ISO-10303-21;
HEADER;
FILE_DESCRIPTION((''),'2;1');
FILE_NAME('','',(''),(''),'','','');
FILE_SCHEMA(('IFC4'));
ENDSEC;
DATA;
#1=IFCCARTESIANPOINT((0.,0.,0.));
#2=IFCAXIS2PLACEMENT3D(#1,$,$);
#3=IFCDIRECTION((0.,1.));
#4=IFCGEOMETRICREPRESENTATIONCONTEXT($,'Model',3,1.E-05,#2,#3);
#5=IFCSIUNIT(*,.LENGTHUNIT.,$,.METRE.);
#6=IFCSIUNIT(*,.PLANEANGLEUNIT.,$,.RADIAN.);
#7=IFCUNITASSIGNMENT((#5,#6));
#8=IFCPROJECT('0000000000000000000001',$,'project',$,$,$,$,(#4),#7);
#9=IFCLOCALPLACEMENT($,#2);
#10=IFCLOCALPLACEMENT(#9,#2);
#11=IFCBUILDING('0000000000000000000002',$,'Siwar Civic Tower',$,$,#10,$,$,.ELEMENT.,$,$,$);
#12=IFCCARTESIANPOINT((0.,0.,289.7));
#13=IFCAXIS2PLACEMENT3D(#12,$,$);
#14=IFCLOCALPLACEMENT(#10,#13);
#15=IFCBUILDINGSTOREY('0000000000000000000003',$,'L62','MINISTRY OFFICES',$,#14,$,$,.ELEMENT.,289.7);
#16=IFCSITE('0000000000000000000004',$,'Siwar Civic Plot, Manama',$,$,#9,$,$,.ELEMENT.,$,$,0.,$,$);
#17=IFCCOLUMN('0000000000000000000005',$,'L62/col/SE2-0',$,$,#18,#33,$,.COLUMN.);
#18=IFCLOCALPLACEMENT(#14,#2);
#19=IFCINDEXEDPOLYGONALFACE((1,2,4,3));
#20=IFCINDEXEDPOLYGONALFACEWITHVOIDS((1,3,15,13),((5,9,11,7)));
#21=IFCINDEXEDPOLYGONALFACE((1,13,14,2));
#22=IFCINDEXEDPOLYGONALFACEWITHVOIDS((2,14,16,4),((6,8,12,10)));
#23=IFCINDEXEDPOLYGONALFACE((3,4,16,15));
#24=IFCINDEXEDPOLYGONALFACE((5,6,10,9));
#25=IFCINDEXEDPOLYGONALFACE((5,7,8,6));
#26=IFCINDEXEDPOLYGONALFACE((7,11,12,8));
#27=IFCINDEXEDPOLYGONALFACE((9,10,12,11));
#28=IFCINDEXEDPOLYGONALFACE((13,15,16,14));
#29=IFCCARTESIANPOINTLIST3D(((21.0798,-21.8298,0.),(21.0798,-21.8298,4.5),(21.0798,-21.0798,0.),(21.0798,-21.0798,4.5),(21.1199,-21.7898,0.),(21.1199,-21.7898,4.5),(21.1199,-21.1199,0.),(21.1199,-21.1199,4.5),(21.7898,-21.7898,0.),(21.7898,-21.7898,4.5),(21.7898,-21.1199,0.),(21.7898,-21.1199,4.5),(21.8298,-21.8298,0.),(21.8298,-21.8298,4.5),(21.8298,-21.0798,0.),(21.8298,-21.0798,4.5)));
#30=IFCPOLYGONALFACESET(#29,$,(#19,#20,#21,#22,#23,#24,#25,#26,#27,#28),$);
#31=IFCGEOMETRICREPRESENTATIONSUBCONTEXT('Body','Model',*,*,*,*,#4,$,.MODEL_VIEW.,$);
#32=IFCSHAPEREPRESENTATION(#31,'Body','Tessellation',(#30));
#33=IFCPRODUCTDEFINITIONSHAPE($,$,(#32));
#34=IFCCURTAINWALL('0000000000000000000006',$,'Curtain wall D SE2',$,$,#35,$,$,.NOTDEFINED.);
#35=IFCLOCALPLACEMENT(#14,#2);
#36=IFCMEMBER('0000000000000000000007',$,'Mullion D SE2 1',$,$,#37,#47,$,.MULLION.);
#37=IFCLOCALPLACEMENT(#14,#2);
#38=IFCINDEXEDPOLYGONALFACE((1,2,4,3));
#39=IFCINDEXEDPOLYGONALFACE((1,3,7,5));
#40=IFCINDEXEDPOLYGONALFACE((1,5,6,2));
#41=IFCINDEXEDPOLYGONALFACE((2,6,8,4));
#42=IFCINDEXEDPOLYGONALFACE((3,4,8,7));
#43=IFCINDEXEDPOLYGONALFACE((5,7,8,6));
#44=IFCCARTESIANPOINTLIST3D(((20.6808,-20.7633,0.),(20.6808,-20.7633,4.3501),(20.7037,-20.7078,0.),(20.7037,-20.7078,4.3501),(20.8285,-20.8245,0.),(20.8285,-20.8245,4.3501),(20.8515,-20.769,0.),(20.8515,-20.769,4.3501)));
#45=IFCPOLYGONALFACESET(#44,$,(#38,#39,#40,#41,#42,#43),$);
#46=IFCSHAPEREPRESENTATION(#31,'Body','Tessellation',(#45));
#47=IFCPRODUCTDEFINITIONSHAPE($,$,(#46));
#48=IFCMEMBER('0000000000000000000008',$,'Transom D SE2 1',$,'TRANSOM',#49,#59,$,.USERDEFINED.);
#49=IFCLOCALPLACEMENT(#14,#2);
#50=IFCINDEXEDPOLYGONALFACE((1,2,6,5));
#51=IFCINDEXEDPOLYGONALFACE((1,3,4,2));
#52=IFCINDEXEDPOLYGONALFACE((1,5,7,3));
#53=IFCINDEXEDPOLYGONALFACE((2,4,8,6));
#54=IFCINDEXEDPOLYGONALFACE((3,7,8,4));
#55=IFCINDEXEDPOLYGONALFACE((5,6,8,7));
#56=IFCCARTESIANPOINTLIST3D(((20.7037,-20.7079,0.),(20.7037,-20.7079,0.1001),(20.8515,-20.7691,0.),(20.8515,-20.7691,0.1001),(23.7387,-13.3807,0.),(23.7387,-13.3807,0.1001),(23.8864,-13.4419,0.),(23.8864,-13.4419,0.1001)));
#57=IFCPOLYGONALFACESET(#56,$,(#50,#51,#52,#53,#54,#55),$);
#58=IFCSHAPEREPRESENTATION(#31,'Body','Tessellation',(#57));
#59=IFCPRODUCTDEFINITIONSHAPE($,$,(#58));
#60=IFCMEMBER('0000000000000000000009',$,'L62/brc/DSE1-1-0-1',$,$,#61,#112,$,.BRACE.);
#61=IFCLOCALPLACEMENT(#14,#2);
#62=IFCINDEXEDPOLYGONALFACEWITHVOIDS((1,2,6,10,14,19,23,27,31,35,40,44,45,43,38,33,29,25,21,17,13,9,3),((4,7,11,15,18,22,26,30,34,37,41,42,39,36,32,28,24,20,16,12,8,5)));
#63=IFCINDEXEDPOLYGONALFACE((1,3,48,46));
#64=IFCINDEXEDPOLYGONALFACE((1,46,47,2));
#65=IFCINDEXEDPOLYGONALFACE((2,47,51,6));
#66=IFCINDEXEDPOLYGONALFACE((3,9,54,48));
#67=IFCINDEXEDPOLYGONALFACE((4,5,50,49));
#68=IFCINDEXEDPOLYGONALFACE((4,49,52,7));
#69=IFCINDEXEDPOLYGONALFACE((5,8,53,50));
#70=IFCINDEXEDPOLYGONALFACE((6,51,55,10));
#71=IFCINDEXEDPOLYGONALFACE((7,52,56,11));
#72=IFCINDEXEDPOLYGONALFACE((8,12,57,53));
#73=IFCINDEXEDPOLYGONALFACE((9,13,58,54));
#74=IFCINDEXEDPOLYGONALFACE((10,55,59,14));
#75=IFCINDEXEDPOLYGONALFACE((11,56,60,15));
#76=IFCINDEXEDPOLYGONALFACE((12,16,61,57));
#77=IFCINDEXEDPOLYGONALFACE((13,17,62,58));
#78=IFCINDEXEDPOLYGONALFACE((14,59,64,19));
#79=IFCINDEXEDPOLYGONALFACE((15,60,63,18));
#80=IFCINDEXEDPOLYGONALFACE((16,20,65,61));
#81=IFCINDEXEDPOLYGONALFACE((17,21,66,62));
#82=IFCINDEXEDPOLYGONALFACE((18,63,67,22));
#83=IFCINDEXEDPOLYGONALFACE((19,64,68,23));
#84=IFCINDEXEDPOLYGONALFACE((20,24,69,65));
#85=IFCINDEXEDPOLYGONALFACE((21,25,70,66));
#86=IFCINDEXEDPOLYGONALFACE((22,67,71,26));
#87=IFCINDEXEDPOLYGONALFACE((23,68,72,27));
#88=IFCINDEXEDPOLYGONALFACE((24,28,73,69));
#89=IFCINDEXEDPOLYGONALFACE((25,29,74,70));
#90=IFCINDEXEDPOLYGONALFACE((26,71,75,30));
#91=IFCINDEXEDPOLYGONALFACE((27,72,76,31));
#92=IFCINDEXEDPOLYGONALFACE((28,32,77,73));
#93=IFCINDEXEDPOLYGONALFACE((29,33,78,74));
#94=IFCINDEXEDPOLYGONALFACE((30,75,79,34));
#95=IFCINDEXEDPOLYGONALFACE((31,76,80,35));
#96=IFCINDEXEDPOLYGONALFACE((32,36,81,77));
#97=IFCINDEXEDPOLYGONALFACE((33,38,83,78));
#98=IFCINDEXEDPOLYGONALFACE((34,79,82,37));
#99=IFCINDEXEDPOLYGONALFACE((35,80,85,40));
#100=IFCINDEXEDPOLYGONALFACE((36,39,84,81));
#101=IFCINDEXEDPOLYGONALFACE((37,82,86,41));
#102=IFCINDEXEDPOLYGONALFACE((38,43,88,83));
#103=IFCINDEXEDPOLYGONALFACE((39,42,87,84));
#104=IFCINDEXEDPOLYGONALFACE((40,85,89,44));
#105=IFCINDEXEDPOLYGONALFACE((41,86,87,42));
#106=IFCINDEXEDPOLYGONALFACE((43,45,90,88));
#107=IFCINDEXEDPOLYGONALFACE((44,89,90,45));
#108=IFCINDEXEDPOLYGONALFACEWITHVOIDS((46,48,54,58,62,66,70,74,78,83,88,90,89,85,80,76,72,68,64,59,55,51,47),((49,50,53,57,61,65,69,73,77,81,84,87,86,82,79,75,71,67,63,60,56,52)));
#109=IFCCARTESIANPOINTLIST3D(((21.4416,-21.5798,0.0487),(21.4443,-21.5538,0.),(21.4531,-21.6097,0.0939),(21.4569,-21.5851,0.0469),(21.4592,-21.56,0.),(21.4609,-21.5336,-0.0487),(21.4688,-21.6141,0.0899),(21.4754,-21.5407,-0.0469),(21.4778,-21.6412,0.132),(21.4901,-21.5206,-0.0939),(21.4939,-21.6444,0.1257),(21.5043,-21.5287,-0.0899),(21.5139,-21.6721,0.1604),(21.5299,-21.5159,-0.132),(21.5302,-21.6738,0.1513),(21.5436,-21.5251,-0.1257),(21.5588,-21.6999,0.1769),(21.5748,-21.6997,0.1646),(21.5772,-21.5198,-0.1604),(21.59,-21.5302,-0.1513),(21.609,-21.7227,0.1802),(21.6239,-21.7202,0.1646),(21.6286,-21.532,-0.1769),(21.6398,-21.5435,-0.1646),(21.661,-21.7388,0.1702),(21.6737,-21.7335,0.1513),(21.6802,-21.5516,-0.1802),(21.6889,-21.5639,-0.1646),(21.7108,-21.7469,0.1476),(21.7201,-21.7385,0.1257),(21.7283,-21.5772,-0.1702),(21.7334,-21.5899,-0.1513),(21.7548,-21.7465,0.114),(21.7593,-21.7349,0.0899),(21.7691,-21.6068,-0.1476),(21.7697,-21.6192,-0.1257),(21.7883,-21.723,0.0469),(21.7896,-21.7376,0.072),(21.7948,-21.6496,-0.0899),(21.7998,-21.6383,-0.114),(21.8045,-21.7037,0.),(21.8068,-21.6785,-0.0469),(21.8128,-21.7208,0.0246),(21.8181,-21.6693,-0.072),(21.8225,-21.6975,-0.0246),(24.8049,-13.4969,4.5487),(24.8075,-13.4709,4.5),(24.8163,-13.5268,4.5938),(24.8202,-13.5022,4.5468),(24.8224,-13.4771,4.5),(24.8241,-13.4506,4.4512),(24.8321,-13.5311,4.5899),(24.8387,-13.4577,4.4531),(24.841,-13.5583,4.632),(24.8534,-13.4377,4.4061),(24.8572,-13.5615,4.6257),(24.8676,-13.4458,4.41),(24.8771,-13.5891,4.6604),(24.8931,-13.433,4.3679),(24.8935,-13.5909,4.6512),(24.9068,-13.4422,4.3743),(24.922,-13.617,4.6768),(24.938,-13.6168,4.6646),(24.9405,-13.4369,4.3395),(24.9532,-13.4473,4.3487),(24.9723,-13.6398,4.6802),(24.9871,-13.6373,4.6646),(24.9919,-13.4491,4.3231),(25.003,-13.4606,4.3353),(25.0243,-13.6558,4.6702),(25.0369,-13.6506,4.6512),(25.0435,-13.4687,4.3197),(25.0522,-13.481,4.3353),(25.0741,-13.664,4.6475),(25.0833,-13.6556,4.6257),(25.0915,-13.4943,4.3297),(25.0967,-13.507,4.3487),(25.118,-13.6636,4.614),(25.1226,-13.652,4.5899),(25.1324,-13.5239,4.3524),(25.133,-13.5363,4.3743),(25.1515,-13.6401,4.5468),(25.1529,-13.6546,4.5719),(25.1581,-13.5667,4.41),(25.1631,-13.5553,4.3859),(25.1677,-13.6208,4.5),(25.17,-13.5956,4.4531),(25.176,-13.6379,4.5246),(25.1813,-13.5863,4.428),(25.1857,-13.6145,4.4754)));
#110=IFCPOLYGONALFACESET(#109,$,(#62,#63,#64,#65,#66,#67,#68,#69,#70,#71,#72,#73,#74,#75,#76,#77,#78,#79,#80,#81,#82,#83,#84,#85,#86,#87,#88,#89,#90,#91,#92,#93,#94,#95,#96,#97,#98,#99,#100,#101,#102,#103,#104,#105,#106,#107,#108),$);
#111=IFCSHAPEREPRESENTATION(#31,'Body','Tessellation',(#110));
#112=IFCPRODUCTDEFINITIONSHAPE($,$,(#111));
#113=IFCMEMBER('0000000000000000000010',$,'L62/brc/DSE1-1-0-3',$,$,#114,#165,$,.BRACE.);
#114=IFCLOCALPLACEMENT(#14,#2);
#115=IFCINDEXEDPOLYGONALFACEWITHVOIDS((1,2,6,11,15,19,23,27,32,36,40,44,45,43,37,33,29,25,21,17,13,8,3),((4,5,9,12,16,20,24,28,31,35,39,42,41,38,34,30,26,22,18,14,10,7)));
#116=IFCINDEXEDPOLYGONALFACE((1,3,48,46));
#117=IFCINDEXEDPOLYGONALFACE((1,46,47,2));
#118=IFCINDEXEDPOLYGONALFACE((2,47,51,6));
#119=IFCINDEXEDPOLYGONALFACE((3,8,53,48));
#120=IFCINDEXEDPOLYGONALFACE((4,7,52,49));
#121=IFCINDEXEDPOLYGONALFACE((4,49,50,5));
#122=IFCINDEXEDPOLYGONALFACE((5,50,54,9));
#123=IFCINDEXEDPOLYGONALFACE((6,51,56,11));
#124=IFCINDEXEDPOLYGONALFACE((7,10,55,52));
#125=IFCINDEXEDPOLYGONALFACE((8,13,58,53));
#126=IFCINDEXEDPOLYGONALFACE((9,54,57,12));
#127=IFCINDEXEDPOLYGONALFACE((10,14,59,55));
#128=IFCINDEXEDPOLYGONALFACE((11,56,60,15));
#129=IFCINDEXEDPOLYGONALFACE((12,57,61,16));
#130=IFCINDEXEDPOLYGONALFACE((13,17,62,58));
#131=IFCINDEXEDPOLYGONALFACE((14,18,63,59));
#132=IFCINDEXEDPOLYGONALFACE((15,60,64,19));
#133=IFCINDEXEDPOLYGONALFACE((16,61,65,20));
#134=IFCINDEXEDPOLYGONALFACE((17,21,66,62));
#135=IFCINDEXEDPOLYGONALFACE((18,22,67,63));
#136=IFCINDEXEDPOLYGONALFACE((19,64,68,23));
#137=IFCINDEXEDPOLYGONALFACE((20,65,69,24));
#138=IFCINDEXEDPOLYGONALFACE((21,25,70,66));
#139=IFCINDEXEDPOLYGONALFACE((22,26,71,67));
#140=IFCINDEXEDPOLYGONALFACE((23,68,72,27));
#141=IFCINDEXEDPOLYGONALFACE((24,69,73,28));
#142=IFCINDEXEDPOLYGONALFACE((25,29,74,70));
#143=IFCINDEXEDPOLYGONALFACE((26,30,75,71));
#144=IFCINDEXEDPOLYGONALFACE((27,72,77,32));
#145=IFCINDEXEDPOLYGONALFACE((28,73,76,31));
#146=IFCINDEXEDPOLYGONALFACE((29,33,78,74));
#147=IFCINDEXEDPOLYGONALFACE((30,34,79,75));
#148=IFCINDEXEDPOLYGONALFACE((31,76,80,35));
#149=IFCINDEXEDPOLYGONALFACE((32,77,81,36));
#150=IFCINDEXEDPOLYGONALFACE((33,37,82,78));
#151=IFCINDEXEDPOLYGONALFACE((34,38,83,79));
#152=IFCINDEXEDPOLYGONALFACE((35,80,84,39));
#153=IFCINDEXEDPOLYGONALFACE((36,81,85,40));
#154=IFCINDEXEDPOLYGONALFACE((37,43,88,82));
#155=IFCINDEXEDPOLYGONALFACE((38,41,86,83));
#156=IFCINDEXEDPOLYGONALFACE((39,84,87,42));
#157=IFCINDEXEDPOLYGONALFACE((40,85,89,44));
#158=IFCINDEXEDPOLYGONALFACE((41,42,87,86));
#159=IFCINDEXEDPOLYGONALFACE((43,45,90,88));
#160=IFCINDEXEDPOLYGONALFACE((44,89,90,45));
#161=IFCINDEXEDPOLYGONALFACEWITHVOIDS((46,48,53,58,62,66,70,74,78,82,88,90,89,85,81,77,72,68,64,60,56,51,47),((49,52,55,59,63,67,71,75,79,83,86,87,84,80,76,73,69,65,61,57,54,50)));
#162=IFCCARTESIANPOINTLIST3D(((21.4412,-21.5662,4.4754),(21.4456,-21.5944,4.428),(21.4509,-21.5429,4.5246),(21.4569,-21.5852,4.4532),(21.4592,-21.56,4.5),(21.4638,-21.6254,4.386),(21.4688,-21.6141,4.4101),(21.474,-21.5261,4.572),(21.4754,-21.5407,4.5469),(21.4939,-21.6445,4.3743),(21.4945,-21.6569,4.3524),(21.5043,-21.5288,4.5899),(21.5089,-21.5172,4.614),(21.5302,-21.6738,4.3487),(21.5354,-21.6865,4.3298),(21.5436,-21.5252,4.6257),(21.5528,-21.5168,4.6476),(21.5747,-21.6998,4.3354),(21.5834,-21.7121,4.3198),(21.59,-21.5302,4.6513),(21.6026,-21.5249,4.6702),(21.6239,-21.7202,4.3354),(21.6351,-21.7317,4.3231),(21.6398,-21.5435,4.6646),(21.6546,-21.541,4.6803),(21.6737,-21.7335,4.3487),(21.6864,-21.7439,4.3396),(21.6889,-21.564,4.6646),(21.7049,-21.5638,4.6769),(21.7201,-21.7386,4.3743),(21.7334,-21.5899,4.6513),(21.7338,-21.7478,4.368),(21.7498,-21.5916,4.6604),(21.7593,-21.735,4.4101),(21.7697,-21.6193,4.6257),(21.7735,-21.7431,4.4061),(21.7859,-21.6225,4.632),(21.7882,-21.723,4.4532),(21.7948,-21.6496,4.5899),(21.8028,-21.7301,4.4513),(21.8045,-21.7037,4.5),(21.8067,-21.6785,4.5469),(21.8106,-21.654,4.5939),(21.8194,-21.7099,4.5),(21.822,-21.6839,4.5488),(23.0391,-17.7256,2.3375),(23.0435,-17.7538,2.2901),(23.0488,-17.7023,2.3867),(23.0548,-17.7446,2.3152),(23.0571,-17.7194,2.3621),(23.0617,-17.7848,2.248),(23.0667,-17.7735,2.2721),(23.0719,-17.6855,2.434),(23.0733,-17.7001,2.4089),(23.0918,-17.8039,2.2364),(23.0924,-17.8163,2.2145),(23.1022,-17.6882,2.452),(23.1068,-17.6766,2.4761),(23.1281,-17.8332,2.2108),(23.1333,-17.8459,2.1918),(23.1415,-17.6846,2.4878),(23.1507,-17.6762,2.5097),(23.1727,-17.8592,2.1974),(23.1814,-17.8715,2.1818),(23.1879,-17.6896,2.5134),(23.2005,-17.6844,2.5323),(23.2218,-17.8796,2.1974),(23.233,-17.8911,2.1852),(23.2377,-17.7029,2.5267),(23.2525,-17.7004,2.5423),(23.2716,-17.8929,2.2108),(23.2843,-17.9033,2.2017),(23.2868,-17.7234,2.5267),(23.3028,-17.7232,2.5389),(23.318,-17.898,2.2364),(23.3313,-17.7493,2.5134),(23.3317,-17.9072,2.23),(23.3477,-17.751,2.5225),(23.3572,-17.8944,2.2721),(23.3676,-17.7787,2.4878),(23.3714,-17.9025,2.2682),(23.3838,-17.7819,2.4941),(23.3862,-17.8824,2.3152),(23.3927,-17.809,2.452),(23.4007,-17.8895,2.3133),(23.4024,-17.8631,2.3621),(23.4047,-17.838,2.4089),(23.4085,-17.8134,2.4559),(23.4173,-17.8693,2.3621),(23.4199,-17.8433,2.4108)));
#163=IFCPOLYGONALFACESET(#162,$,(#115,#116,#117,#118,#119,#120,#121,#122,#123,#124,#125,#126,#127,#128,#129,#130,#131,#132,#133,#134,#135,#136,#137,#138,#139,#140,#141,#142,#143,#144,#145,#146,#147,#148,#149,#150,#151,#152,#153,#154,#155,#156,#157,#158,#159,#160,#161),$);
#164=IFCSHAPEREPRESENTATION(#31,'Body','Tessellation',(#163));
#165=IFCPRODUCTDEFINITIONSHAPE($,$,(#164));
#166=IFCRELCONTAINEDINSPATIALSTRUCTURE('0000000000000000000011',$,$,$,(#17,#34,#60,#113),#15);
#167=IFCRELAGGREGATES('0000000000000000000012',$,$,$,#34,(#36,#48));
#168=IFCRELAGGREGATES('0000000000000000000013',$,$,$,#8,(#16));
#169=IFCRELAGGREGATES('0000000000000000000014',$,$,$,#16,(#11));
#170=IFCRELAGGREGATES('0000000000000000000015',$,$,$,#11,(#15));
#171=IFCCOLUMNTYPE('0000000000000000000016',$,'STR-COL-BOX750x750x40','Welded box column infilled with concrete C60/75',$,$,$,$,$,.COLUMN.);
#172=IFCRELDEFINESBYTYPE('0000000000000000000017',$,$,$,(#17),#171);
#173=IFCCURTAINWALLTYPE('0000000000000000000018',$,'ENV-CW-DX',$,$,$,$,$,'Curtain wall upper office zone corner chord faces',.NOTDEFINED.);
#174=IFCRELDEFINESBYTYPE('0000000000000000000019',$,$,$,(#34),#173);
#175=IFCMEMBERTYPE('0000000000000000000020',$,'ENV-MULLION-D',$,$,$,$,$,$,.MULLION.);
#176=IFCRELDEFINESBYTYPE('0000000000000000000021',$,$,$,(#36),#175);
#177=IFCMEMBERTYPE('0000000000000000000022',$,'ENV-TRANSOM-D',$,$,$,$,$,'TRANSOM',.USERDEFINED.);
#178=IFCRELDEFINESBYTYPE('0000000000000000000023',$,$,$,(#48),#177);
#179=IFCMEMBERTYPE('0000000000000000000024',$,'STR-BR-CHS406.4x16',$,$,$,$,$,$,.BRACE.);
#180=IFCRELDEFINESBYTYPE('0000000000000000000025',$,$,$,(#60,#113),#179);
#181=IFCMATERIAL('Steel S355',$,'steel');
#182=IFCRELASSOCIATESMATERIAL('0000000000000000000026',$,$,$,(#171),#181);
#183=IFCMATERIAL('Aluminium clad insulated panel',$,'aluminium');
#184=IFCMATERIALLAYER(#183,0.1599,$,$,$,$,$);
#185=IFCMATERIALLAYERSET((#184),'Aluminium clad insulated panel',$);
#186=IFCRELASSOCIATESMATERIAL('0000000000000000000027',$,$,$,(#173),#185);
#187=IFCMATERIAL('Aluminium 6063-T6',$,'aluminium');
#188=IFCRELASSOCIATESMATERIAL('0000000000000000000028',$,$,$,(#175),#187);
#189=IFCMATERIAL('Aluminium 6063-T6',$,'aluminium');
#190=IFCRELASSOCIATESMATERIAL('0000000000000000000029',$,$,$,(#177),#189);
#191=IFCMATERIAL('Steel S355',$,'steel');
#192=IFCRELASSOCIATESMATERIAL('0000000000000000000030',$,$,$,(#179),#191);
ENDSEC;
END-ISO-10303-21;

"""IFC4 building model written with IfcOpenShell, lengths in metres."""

from ifc_helpers import new_model, si_unit, direction, frame, origin, origin_2d, place, context, subcontext, project, spatial, rectangle, hollow_rectangle, hollow_circle, extrude, material, layer, layer_set, material_profile, profile_set, type_object, element, aggregate, save


model = new_model("IFC4")

# Units and contexts
model_context = context("Model", 3, precision=1e-05, world=origin(), true_north=direction((0.0, 1.0)))
body_context = subcontext(model_context, "Body", "Model", "MODEL_VIEW")
ifc_project = project(units=[si_unit("LENGTHUNIT", "METRE"), si_unit("PLANEANGLEUNIT", "RADIAN")], contexts=[model_context])

# Site, building, storey
site_placement = place(None, origin())
site = spatial("IfcSite", under=ifc_project, at=site_placement, Name="Siwar Civic Plot, Manama", CompositionType="ELEMENT", RefElevation=0.0)
building_placement = place(site_placement, origin())
building = spatial("IfcBuilding", under=site, at=building_placement, Name="Siwar Civic Tower", CompositionType="ELEMENT")
storey_placement = place(building_placement, frame((0.0, 0.0, 289.7)))
storey = spatial("IfcBuildingStorey", under=building, at=storey_placement, Name="L62", Description="MINISTRY OFFICES", CompositionType="ELEMENT", Elevation=289.7)

# Column
ifc_material_1 = material(Name="Steel S355", Category="steel")
ifc_material_profile_1 = material_profile(ifc_material_1, hollow_rectangle(XDim=0.75, YDim=0.75, WallThickness=0.04, at=origin_2d()), Name="BOX750x750x40")
ifc_profile_set_1 = profile_set([ifc_material_profile_1], Name="Steel S355")
column_type = type_object("IfcColumnType", Name="STR-COL-BOX750x750x40", Description="Welded box column infilled with concrete C60/75", PredefinedType="COLUMN", material=ifc_profile_set_1)
column_placement = place(storey_placement, frame((21.4548, -21.4548, 0.0), z_axis=(0.0, 0.0, 1.0), x_axis=(1.0, 0.0, 0.0)))
element("IfcColumn", 1, at=column_placement, inside=storey, type_object=column_type, Name="L62/col/SE2-0", PredefinedType="COLUMN", context=body_context, shape_type="SweptSolid", body=[
    extrude(hollow_rectangle(XDim=0.75, YDim=0.75, WallThickness=0.04, at=origin_2d()), origin(), (0.0, 0.0, 1.0), 4.5),
])

# Curtain wall, members
ifc_material_2 = material(Name="Aluminium clad insulated panel", Category="aluminium")
ifc_layer_1 = layer(ifc_material_2, 0.1599)
ifc_layer_set_1 = layer_set([ifc_layer_1], Name="Aluminium clad insulated panel")
curtain_wall_type = type_object("IfcCurtainWallType", Name="ENV-CW-DX", ElementType="Curtain wall upper office zone corner chord faces", PredefinedType="NOTDEFINED", material=ifc_layer_set_1)
curtain_wall_1_placement = place(storey_placement, origin())
curtain_wall_1 = element("IfcCurtainWall", 2, at=curtain_wall_1_placement, inside=storey, type_object=curtain_wall_type, Name="Curtain wall D SE2", PredefinedType="NOTDEFINED")
ifc_material_3 = material(Name="Aluminium 6063-T6", Category="aluminium")
ifc_material_profile_2 = material_profile(ifc_material_3, rectangle(XDim=0.1599, YDim=0.0601, at=origin_2d()), Name="AL 160x60")
ifc_profile_set_2 = profile_set([ifc_material_profile_2], Name="Aluminium 6063-T6")
member_type_1 = type_object("IfcMemberType", Name="ENV-MULLION-D", PredefinedType="MULLION", material=ifc_profile_set_2)
member_1_placement = place(storey_placement, frame((20.7661, -20.7661, 0.0), z_axis=(0.0, 0.0, 1.0), x_axis=(-0.92388, 0.382683, 0.0)))
member_1 = element("IfcMember", 3, at=member_1_placement, type_object=member_type_1, Name="Mullion D SE2 1", PredefinedType="MULLION", context=body_context, shape_type="SweptSolid", body=[
    extrude(rectangle(XDim=0.1599, YDim=0.0601, at=origin_2d()), origin(), (0.0, 0.0, 1.0), 4.3501),
])
ifc_material_4 = material(Name="Aluminium 6063-T6", Category="aluminium")
ifc_material_profile_3 = material_profile(ifc_material_4, rectangle(XDim=0.1599, YDim=0.1001, at=origin_2d()), Name="AL 160x100")
ifc_profile_set_3 = profile_set([ifc_material_profile_3], Name="Aluminium 6063-T6")
member_type_2 = type_object("IfcMemberType", Name="ENV-TRANSOM-D", ElementType="TRANSOM", PredefinedType="USERDEFINED", material=ifc_profile_set_3)
member_2_placement = place(storey_placement, frame((20.7776, -20.7385, 0.05), z_axis=(0.382674, 0.923884, 0.0), x_axis=(-0.923884, 0.382674, 0.0)))
member_2 = element("IfcMember", 4, at=member_2_placement, type_object=member_type_2, Name="Transom D SE2 1", ObjectType="TRANSOM", PredefinedType="USERDEFINED", context=body_context, shape_type="SweptSolid", body=[
    extrude(rectangle(XDim=0.1599, YDim=0.1001, at=origin_2d()), origin(), (0.0, 0.0, 1.0), 7.9309),
])

# Members
ifc_material_5 = material(Name="Steel S355", Category="steel")
ifc_material_profile_4 = material_profile(ifc_material_5, hollow_circle(Radius=0.2031, WallThickness=0.0161, at=origin_2d()), Name="CHS406.4x16")
ifc_profile_set_4 = profile_set([ifc_material_profile_4], Name="Steel S355")
member_type_3 = type_object("IfcMemberType", Name="STR-BR-CHS406.4x16", PredefinedType="BRACE", material=ifc_profile_set_4)
member_3_placement = place(storey_placement, frame((21.6318, -21.6318, 0.0), z_axis=(0.341671, 0.821143, 0.457149), x_axis=(-0.923265, 0.384164, 0.0)))
element("IfcMember", 5, at=member_3_placement, inside=storey, type_object=member_type_3, Name="L62/brc/DSE1-1-0-1", PredefinedType="BRACE", context=body_context, shape_type="SweptSolid", body=[
    extrude(hollow_circle(Radius=0.2031, WallThickness=0.0161, at=origin_2d()), origin(), (0.0, 0.0, 1.0), 9.8435),
])
member_4_placement = place(storey_placement, frame((23.2297, -17.7913, 2.3621), z_axis=(-0.341653, -0.821167, 0.45712), x_axis=(0.923276, -0.384136, 0.0)))
element("IfcMember", 6, at=member_4_placement, inside=storey, type_object=member_type_3, Name="L62/brc/DSE1-1-0-3", PredefinedType="BRACE", context=body_context, shape_type="SweptSolid", body=[
    extrude(hollow_circle(Radius=0.2031, WallThickness=0.0161, at=origin_2d()), origin(), (0.0, 0.0, 1.0), 4.677),
])

aggregate(curtain_wall_1, [member_1, member_2])

save(model, "model.ifc")
